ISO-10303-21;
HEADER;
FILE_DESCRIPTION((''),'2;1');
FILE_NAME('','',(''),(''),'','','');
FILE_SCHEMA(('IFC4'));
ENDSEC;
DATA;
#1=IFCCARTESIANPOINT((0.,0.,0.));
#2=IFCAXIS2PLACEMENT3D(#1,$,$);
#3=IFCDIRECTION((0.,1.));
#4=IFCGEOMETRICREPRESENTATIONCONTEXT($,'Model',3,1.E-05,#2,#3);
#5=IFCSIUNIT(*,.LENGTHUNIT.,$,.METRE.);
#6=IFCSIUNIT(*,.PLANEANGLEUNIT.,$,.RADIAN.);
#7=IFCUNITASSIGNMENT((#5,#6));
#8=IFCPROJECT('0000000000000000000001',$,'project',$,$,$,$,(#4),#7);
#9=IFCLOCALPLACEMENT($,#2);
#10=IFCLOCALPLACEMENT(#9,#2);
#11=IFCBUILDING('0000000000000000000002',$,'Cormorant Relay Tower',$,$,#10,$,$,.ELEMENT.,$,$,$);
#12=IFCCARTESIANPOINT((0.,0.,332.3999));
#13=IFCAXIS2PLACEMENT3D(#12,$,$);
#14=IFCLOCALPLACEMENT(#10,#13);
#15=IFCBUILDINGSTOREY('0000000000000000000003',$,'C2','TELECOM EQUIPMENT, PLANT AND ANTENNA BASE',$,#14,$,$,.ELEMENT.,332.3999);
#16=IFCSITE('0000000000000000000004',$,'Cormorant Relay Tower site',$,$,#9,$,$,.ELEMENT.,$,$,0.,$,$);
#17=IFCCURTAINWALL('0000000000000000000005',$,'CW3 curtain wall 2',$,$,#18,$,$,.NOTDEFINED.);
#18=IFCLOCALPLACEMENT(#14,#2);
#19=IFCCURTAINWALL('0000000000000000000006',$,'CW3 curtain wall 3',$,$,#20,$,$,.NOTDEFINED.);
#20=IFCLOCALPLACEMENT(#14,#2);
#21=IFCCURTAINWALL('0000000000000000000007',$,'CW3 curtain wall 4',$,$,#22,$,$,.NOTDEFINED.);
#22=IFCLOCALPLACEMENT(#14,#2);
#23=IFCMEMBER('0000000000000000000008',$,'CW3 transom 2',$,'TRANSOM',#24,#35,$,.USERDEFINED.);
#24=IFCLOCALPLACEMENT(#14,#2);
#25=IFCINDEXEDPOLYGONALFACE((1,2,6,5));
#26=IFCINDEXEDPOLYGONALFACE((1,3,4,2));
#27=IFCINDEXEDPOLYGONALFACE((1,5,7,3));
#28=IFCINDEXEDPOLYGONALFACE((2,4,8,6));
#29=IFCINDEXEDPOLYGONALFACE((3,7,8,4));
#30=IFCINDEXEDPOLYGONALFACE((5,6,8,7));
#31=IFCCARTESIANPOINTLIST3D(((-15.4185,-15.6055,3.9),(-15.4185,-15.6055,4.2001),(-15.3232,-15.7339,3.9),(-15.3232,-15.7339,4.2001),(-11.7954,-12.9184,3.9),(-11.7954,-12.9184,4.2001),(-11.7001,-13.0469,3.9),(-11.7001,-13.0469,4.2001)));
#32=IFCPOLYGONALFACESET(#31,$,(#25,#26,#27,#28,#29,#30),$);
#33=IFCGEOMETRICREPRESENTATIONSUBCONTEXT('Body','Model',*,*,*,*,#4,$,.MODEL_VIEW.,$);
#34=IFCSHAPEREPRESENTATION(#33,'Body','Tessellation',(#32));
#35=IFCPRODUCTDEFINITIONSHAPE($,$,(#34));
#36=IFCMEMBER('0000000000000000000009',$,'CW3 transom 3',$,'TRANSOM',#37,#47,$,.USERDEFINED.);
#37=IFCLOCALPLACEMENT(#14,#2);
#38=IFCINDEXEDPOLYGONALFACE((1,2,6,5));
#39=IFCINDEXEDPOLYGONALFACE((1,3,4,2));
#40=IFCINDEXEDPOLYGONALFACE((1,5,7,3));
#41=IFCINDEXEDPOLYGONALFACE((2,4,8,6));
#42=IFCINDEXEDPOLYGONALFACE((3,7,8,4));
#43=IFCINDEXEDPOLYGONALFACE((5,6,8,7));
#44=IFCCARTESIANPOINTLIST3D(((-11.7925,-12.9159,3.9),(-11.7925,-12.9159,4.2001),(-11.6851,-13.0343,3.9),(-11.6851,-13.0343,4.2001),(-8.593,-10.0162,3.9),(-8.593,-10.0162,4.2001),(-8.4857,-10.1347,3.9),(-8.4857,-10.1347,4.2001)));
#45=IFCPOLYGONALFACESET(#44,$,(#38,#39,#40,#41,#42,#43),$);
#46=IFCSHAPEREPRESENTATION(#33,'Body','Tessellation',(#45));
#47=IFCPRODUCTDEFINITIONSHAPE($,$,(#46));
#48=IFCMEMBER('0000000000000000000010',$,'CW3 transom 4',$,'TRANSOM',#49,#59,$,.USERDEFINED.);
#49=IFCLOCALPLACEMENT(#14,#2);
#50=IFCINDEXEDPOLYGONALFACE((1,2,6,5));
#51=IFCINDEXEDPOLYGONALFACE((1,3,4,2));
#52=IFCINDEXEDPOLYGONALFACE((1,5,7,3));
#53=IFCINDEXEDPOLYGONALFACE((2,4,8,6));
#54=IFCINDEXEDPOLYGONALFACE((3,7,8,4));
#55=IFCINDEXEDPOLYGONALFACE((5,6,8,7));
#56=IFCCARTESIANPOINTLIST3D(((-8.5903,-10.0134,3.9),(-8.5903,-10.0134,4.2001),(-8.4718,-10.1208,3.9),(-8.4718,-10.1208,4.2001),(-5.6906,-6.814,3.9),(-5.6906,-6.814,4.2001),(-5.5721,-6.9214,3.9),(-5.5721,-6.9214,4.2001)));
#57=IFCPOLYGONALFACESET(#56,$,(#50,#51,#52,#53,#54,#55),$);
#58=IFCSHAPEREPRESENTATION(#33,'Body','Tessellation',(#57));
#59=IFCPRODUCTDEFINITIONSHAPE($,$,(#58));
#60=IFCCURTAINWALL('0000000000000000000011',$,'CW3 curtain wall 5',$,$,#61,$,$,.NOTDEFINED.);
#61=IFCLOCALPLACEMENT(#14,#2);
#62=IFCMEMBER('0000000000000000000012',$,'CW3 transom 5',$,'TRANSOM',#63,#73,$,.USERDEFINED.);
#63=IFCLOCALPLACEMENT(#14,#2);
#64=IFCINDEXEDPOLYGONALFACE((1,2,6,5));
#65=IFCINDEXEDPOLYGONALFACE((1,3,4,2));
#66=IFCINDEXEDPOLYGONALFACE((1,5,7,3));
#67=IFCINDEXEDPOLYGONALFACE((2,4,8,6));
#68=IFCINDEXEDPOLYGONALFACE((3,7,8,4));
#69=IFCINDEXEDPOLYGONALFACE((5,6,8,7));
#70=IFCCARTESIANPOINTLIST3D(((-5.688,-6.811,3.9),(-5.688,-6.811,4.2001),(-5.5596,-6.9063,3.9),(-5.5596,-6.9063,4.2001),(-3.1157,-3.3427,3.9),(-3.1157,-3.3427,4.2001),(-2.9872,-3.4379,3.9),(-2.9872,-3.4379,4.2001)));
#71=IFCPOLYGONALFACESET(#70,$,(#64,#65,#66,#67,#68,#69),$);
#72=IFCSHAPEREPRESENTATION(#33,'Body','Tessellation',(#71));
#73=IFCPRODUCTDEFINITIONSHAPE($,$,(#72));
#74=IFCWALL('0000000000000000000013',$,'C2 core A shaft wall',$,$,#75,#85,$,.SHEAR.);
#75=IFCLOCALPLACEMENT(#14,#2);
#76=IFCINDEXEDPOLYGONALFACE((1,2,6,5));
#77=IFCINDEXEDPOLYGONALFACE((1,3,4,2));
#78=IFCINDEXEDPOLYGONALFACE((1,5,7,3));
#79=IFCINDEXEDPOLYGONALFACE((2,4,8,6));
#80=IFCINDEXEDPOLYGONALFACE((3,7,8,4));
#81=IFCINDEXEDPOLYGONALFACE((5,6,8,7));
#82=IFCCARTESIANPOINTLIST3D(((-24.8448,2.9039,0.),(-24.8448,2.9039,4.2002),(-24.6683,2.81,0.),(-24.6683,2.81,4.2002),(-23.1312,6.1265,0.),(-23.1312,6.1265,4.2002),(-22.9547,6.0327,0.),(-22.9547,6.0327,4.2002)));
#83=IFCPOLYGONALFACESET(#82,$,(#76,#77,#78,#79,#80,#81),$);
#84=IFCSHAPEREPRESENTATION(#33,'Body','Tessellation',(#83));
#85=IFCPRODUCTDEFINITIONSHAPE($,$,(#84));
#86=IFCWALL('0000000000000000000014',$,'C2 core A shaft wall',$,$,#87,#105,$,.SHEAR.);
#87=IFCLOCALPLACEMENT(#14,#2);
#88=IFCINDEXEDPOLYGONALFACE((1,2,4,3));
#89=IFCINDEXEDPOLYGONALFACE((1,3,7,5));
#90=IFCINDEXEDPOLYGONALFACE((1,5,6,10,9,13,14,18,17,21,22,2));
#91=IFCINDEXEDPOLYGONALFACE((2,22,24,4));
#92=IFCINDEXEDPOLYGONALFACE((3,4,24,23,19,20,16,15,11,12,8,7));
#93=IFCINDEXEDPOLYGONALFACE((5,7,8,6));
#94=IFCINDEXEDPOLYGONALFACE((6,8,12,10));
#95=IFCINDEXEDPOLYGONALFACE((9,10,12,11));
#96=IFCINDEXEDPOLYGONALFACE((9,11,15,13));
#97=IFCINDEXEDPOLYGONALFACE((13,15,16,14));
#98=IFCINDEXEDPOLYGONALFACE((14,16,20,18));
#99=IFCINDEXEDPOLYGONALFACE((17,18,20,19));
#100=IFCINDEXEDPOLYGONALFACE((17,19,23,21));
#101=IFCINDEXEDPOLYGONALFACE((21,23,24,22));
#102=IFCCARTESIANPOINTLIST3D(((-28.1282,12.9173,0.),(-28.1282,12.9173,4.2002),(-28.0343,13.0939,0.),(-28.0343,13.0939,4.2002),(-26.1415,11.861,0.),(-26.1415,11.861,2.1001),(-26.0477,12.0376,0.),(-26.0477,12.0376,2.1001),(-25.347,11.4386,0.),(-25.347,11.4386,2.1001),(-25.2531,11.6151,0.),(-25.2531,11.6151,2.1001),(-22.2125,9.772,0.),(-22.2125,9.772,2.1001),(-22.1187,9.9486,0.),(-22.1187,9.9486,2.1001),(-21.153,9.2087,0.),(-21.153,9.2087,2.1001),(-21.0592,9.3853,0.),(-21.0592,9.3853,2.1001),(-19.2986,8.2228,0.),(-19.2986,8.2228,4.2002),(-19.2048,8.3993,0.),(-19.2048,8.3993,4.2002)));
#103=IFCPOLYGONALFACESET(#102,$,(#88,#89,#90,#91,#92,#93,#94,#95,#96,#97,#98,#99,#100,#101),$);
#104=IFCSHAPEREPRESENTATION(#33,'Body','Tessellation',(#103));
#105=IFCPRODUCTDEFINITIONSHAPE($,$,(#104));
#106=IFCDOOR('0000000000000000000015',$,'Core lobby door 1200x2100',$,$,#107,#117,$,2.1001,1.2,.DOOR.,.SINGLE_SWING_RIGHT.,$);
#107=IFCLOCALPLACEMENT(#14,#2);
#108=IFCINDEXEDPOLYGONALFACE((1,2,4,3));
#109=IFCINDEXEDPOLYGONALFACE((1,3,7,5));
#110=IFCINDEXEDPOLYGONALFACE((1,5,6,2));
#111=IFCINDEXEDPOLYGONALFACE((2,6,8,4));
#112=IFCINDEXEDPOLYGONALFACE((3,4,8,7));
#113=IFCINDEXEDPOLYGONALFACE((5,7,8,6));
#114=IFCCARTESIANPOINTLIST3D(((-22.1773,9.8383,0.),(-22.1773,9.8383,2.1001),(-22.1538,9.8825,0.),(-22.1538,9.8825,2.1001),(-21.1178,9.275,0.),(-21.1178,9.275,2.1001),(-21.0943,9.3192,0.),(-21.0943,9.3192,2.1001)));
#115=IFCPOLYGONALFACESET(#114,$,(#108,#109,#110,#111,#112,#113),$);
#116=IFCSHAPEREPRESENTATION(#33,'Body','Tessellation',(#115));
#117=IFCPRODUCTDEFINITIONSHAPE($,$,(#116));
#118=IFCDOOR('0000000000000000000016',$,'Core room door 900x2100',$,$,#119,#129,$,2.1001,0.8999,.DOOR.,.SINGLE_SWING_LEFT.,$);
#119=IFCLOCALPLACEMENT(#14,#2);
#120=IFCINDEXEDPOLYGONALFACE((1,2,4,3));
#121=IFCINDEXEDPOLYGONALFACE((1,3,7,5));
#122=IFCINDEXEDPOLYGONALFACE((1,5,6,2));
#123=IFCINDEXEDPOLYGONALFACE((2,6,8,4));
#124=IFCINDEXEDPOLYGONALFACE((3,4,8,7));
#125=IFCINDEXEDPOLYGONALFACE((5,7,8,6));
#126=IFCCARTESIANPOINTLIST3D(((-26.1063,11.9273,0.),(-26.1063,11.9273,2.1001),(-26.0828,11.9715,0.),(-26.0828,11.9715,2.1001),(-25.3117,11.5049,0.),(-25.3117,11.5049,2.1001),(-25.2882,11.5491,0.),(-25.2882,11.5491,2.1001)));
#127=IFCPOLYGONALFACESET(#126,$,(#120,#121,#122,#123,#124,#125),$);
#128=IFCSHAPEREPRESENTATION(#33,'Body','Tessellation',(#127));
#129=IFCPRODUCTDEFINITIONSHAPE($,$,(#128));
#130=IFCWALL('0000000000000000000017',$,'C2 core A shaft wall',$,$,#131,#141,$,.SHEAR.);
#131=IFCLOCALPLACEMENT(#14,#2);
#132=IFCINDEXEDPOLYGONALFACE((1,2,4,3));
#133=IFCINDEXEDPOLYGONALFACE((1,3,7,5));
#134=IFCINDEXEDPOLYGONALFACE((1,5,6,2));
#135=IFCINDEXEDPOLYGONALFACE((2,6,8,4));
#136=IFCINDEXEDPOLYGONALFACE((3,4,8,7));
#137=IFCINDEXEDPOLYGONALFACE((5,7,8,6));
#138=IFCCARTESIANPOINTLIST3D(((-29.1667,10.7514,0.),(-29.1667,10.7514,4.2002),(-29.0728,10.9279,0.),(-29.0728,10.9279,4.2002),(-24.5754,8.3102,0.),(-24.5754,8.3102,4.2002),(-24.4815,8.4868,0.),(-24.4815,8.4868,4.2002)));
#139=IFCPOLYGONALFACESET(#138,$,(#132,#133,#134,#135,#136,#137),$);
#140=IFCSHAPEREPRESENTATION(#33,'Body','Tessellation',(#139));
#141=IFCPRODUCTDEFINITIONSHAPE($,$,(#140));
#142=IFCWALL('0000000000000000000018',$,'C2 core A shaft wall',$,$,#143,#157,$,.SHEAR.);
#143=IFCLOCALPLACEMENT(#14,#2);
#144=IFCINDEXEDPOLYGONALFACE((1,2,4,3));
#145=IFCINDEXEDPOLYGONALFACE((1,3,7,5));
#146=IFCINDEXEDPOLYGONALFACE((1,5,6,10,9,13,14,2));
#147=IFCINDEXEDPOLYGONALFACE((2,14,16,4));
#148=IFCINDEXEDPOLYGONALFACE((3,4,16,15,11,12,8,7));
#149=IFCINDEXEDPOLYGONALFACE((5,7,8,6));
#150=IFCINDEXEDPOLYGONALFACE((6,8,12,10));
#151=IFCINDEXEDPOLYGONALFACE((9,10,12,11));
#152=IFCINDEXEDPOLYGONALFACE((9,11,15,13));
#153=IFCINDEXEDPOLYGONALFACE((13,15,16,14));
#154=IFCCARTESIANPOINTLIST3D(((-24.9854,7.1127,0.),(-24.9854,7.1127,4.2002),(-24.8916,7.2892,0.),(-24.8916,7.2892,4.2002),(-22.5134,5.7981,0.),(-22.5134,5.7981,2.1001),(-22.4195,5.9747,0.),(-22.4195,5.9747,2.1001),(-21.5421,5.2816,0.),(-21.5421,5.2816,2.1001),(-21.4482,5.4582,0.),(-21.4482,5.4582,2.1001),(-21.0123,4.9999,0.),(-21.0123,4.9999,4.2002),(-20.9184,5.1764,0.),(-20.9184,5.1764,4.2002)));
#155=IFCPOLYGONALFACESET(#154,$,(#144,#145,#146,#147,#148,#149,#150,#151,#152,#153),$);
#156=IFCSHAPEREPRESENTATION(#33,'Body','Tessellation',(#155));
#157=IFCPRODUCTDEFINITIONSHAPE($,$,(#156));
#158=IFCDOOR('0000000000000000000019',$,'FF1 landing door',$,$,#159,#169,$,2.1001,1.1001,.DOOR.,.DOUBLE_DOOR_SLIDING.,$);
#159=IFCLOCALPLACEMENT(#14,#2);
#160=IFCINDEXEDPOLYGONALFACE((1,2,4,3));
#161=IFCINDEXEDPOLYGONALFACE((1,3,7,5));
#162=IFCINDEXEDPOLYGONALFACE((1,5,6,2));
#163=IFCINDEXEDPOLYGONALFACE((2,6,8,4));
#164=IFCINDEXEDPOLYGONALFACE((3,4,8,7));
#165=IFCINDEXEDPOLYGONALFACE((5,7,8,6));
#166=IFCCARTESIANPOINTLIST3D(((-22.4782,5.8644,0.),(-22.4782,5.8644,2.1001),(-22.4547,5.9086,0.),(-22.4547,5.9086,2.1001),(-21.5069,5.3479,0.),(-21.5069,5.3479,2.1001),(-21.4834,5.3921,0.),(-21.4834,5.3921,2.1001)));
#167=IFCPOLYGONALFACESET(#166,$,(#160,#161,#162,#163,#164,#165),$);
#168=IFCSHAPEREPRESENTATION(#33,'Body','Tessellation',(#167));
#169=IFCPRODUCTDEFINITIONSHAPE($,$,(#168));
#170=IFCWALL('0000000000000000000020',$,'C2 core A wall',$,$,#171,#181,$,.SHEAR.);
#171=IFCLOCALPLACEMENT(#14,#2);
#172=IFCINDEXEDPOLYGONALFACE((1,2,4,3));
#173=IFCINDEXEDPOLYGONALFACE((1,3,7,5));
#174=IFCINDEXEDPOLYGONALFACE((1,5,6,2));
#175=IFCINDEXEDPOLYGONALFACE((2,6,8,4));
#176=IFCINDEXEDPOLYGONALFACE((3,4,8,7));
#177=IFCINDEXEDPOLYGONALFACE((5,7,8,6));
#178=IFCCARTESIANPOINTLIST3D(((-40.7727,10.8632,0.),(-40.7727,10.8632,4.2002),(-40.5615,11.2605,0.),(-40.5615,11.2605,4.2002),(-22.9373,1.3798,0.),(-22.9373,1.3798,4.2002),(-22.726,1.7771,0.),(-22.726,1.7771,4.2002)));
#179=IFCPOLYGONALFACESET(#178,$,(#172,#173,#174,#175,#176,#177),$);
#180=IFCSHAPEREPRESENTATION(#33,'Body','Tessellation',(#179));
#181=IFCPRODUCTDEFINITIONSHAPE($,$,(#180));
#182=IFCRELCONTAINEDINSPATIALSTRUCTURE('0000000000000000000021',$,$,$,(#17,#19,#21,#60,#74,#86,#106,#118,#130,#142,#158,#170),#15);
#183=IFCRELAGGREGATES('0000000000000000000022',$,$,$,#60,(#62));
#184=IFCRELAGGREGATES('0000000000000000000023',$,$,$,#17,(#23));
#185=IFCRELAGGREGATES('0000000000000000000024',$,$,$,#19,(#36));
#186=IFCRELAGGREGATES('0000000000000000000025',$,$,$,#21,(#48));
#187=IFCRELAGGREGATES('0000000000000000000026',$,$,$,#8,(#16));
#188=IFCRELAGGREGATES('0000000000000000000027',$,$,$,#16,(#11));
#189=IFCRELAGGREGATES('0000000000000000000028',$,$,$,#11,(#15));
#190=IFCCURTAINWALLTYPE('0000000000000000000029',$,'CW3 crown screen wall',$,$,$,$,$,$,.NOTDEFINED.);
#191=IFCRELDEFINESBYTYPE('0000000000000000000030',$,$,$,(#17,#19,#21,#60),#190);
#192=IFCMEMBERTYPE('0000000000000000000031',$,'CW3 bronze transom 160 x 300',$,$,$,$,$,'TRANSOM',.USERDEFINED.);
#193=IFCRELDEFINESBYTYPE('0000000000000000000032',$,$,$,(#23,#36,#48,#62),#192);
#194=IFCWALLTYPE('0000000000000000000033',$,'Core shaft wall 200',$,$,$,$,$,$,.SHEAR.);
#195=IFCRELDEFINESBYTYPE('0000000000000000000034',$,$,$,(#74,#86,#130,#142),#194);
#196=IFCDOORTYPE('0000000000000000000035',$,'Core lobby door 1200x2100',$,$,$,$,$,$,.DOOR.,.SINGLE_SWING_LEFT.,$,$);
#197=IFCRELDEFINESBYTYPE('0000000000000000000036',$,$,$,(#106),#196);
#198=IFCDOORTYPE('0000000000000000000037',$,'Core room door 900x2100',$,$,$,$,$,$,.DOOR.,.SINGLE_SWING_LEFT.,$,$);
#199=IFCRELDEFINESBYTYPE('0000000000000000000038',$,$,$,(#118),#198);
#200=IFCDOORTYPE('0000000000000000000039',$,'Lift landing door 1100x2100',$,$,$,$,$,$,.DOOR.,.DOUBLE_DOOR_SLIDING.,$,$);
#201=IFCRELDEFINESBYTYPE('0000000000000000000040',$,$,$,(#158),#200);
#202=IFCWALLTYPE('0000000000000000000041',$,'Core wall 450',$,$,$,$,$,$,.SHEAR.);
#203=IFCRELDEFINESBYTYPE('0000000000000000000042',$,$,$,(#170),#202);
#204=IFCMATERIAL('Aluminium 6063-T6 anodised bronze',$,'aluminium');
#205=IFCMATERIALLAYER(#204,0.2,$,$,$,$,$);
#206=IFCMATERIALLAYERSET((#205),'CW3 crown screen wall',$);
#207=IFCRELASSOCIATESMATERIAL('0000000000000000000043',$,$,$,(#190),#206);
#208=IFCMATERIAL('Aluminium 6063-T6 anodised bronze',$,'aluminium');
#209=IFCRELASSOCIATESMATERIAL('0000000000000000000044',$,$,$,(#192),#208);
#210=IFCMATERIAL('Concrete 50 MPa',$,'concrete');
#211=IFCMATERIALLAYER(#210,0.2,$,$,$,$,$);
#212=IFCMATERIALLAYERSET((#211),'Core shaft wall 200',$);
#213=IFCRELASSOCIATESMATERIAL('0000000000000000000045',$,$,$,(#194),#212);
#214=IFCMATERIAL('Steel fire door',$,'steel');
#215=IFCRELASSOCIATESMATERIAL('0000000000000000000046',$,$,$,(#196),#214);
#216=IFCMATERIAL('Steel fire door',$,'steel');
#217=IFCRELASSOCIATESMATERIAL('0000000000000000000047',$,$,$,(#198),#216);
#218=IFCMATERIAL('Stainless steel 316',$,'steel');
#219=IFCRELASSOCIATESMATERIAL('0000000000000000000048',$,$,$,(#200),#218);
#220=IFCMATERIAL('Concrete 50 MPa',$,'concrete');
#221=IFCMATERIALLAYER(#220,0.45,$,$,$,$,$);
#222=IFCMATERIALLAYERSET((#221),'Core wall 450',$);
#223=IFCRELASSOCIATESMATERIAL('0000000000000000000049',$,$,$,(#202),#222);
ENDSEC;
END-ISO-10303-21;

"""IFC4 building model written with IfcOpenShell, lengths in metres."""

from ifc_helpers import new_model, si_unit, direction, frame, frame_2d, origin, origin_2d, place, context, subcontext, project, spatial, rectangle, extrude, material, layer, layer_set, material_profile, profile_set, type_object, element, fill, aggregate, save


model = new_model("IFC4")

# Units and contexts
model_context = context("Model", 3, precision=1e-05, world=origin(), true_north=direction((0.0, 1.0)))
body_context = subcontext(model_context, "Body", "Model", "MODEL_VIEW")
ifc_project = project(units=[si_unit("LENGTHUNIT", "METRE"), si_unit("PLANEANGLEUNIT", "RADIAN")], contexts=[model_context])

# Site, building, storey
site_placement = place(None, origin())
site = spatial("IfcSite", under=ifc_project, at=site_placement, Name="Cormorant Relay Tower site", CompositionType="ELEMENT", RefElevation=0.0)
building_placement = place(site_placement, origin())
building = spatial("IfcBuilding", under=site, at=building_placement, Name="Cormorant Relay Tower", CompositionType="ELEMENT")
storey_placement = place(building_placement, frame((0.0, 0.0, 332.3999)))
storey = spatial("IfcBuildingStorey", under=building, at=storey_placement, Name="C2", Description="TELECOM EQUIPMENT, PLANT AND ANTENNA BASE", CompositionType="ELEMENT", Elevation=332.3999)

# Curtain walls
ifc_material_1 = material(Name="Aluminium 6063-T6 anodised bronze", Category="aluminium")
ifc_layer_1 = layer(ifc_material_1, 0.2)
ifc_layer_set_1 = layer_set([ifc_layer_1], Name="CW3 crown screen wall")
curtain_wall_type = type_object("IfcCurtainWallType", Name="CW3 crown screen wall", PredefinedType="NOTDEFINED", material=ifc_layer_set_1)
curtain_wall_1_placement = place(storey_placement, origin())
curtain_wall_1 = element("IfcCurtainWall", 1, at=curtain_wall_1_placement, inside=storey, type_object=curtain_wall_type, Name="CW3 curtain wall 2", PredefinedType="NOTDEFINED")
curtain_wall_2_placement = place(storey_placement, origin())
curtain_wall_2 = element("IfcCurtainWall", 2, at=curtain_wall_2_placement, inside=storey, type_object=curtain_wall_type, Name="CW3 curtain wall 3", PredefinedType="NOTDEFINED")
curtain_wall_3_placement = place(storey_placement, origin())
curtain_wall_3 = element("IfcCurtainWall", 3, at=curtain_wall_3_placement, inside=storey, type_object=curtain_wall_type, Name="CW3 curtain wall 4", PredefinedType="NOTDEFINED")

# Members
ifc_material_2 = material(Name="Aluminium 6063-T6 anodised bronze", Category="aluminium")
ifc_material_profile_1 = material_profile(ifc_material_2, rectangle(XDim=0.1599, YDim=0.3, at=origin_2d()), Name="AL 160x300")
ifc_profile_set_1 = profile_set([ifc_material_profile_1], Name="Aluminium 6063-T6 anodised bronze")
member_type_1 = type_object("IfcMemberType", Name="CW3 bronze transom 160 x 300", ElementType="TRANSOM", PredefinedType="USERDEFINED", material=ifc_profile_set_1)
member_1_placement = place(storey_placement, frame((-15.3708, -15.6697, 4.05), z_axis=(0.80321, 0.595696, 0.0), x_axis=(-0.595696, 0.80321, 0.0)))
member_1 = element("IfcMember", 4, at=member_1_placement, type_object=member_type_1, Name="CW3 transom 2", ObjectType="TRANSOM", PredefinedType="USERDEFINED", context=body_context, shape_type="SweptSolid", body=[
    extrude(rectangle(XDim=0.1599, YDim=0.3, at=origin_2d()), origin(), (0.0, 0.0, 1.0), 4.5107),
])
member_2_placement = place(storey_placement, frame((-11.7388, -12.9751, 4.05), z_axis=(0.74097, 0.671538, 0.0), x_axis=(-0.671538, 0.74097, 0.0)))
member_2 = element("IfcMember", 5, at=member_2_placement, type_object=member_type_1, Name="CW3 transom 3", ObjectType="TRANSOM", PredefinedType="USERDEFINED", context=body_context, shape_type="SweptSolid", body=[
    extrude(rectangle(XDim=0.1599, YDim=0.3, at=origin_2d()), origin(), (0.0, 0.0, 1.0), 4.3179),
])
member_3_placement = place(storey_placement, frame((-8.531, -10.0671, 4.05), z_axis=(0.671538, 0.74097, 0.0), x_axis=(-0.74097, 0.671538, 0.0)))
member_3 = element("IfcMember", 6, at=member_3_placement, type_object=member_type_1, Name="CW3 transom 4", ObjectType="TRANSOM", PredefinedType="USERDEFINED", context=body_context, shape_type="SweptSolid", body=[
    extrude(rectangle(XDim=0.1599, YDim=0.3, at=origin_2d()), origin(), (0.0, 0.0, 1.0), 4.3179),
])

# Curtain wall, member
curtain_wall_4_placement = place(storey_placement, origin())
curtain_wall_4 = element("IfcCurtainWall", 7, at=curtain_wall_4_placement, inside=storey, type_object=curtain_wall_type, Name="CW3 curtain wall 5", PredefinedType="NOTDEFINED")
member_4_placement = place(storey_placement, frame((-5.6238, -6.8586, 4.05), z_axis=(0.595703, 0.803204, 0.0), x_axis=(-0.803204, 0.595703, 0.0)))
member_4 = element("IfcMember", 8, at=member_4_placement, type_object=member_type_1, Name="CW3 transom 5", ObjectType="TRANSOM", PredefinedType="USERDEFINED", context=body_context, shape_type="SweptSolid", body=[
    extrude(rectangle(XDim=0.1599, YDim=0.3, at=origin_2d()), origin(), (0.0, 0.0, 1.0), 4.3181),
])
aggregate(curtain_wall_4, [member_4])

# Wall
ifc_material_3 = material(Name="Concrete 50 MPa", Category="concrete")
ifc_layer_2 = layer(ifc_material_3, 0.2)
ifc_layer_set_2 = layer_set([ifc_layer_2], Name="Core shaft wall 200")
wall_type_1 = type_object("IfcWallType", Name="Core shaft wall 200", PredefinedType="SHEAR", material=ifc_layer_set_2)
wall_1_placement = place(storey_placement, frame((-23.043, 6.0796, 0.0), z_axis=(0.0, 0.0, 1.0), x_axis=(-0.469494, -0.882936, 0.0)))
element("IfcWall", 9, at=wall_1_placement, inside=storey, type_object=wall_type_1, Name="C2 core A shaft wall", PredefinedType="SHEAR", context=body_context, shape_type="SweptSolid", body=[
    extrude(rectangle(XDim=3.6499, YDim=0.2, at=frame_2d((1.825, 0.0))), origin(), (0.0, 0.0, 1.0), 4.2002),
])

# Wall, openings, doors
wall_2_placement = place(storey_placement, frame((-19.2517, 8.311, 0.0), z_axis=(0.0, 0.0, 1.0), x_axis=(-0.882956, 0.469456, 0.0)))
wall_2 = element("IfcWall", 10, at=wall_2_placement, inside=storey, type_object=wall_type_1, Name="C2 core A shaft wall", PredefinedType="SHEAR", context=body_context, shape_type="SweptSolid", body=[
    extrude(rectangle(XDim=10.0, YDim=0.2, at=frame_2d((5.0, 0.0))), origin(), (0.0, 0.0, 1.0), 4.2002),
])
opening_1_placement = place(wall_2_placement, frame((2.1001, 0.0, 0.0)))
opening_1 = element("IfcOpeningElement", 11, at=opening_1_placement, cuts=wall_2, PredefinedType="OPENING", context=body_context, shape_type="SweptSolid", body=[
    extrude(rectangle(XDim=1.2, YDim=2.1001, at=frame_2d((0.6001, 1.05))), frame((0.0, 0.1099, 0.0), z_axis=(0.0, -1.0, 0.0), x_axis=(1.0, 0.0, 0.0)), (0.0, 0.0, 1.0), 0.22),
])
opening_2_placement = place(wall_2_placement, frame((6.8501, 0.0, 0.0)))
opening_2 = element("IfcOpeningElement", 12, at=opening_2_placement, cuts=wall_2, PredefinedType="OPENING", context=body_context, shape_type="SweptSolid", body=[
    extrude(rectangle(XDim=0.8999, YDim=2.1001, at=frame_2d((0.45, 1.05))), frame((0.0, 0.1099, 0.0), z_axis=(0.0, -1.0, 0.0), x_axis=(1.0, 0.0, 0.0)), (0.0, 0.0, 1.0), 0.22),
])
ifc_material_4 = material(Name="Steel fire door", Category="steel")
door_type_1 = type_object("IfcDoorType", Name="Core lobby door 1200x2100", OperationType="SINGLE_SWING_LEFT", PredefinedType="DOOR", material=ifc_material_4)
door_1_placement = place(opening_1_placement, origin())
door_1 = element("IfcDoor", 13, at=door_1_placement, inside=storey, type_object=door_type_1, Name="Core lobby door 1200x2100", OperationType="SINGLE_SWING_RIGHT", OverallHeight=2.1001, OverallWidth=1.2, PredefinedType="DOOR", context=body_context, shape_type="SweptSolid", body=[
    extrude(rectangle(XDim=1.2, YDim=2.1001, at=frame_2d((0.6001, 1.05))), frame((0.0, 0.0249, 0.0), z_axis=(0.0, -1.0, 0.0), x_axis=(1.0, 0.0, 0.0)), (0.0, 0.0, 1.0), 0.05),
])
fill(opening_1, door_1)
ifc_material_5 = material(Name="Steel fire door", Category="steel")
door_type_2 = type_object("IfcDoorType", Name="Core room door 900x2100", OperationType="SINGLE_SWING_LEFT", PredefinedType="DOOR", material=ifc_material_5)
door_2_placement = place(opening_2_placement, origin())
door_2 = element("IfcDoor", 14, at=door_2_placement, inside=storey, type_object=door_type_2, Name="Core room door 900x2100", OperationType="SINGLE_SWING_LEFT", OverallHeight=2.1001, OverallWidth=0.8999, PredefinedType="DOOR", context=body_context, shape_type="SweptSolid", body=[
    extrude(rectangle(XDim=0.8999, YDim=2.1001, at=frame_2d((0.45, 1.05))), frame((0.0, 0.0249, 0.0), z_axis=(0.0, -1.0, 0.0), x_axis=(1.0, 0.0, 0.0)), (0.0, 0.0, 1.0), 0.05),
])
fill(opening_2, door_2)

# Wall
wall_3_placement = place(storey_placement, frame((-24.5283, 8.3984, 0.0), z_axis=(0.0, 0.0, 1.0), x_axis=(-0.882954, 0.46946, 0.0)))
element("IfcWall", 15, at=wall_3_placement, inside=storey, type_object=wall_type_1, Name="C2 core A shaft wall", PredefinedType="SHEAR", context=body_context, shape_type="SweptSolid", body=[
    extrude(rectangle(XDim=5.2, YDim=0.2, at=frame_2d((2.6001, 0.0))), origin(), (0.0, 0.0, 1.0), 4.2002),
])

# Wall, opening, door
wall_4_placement = place(storey_placement, frame((-20.9653, 5.0881, 0.0), z_axis=(0.0, 0.0, 1.0), x_axis=(-0.882926, 0.469512, 0.0)))
wall_4 = element("IfcWall", 16, at=wall_4_placement, inside=storey, type_object=wall_type_1, Name="C2 core A shaft wall", PredefinedType="SHEAR", context=body_context, shape_type="SweptSolid", body=[
    extrude(rectangle(XDim=4.5, YDim=0.2, at=frame_2d((2.25, 0.0))), origin(), (0.0, 0.0, 1.0), 4.2002),
])
opening_3_placement = place(wall_4_placement, frame((0.6001, 0.0, 0.0)))
opening_3 = element("IfcOpeningElement", 17, at=opening_3_placement, cuts=wall_4, PredefinedType="OPENING", context=body_context, shape_type="SweptSolid", body=[
    extrude(rectangle(XDim=1.1001, YDim=2.1001, at=frame_2d((0.55, 1.05))), frame((0.0, 0.1099, 0.0), z_axis=(0.0, -1.0, 0.0), x_axis=(1.0, 0.0, 0.0)), (0.0, 0.0, 1.0), 0.22),
])
ifc_material_6 = material(Name="Stainless steel 316", Category="steel")
door_type_3 = type_object("IfcDoorType", Name="Lift landing door 1100x2100", OperationType="DOUBLE_DOOR_SLIDING", PredefinedType="DOOR", material=ifc_material_6)
door_3_placement = place(opening_3_placement, origin())
door_3 = element("IfcDoor", 18, at=door_3_placement, inside=storey, type_object=door_type_3, Name="FF1 landing door", OperationType="DOUBLE_DOOR_SLIDING", OverallHeight=2.1001, OverallWidth=1.1001, PredefinedType="DOOR", context=body_context, shape_type="SweptSolid", body=[
    extrude(rectangle(XDim=1.1001, YDim=2.1001, at=frame_2d((0.55, 1.05))), frame((0.0, 0.0249, 0.0), z_axis=(0.0, -1.0, 0.0), x_axis=(1.0, 0.0, 0.0)), (0.0, 0.0, 1.0), 0.05),
])
fill(opening_3, door_3)

# Wall
ifc_material_7 = material(Name="Concrete 50 MPa", Category="concrete")
ifc_layer_3 = layer(ifc_material_7, 0.45)
ifc_layer_set_3 = layer_set([ifc_layer_3], Name="Core wall 450")
wall_type_2 = type_object("IfcWallType", Name="Core wall 450", PredefinedType="SHEAR", material=ifc_layer_set_3)
wall_5_placement = place(storey_placement, frame((-22.8315, 1.5784, 0.0), z_axis=(0.0, 0.0, 1.0), x_axis=(-0.882945, 0.469476, 0.0)))
element("IfcWall", 19, at=wall_5_placement, inside=storey, type_object=wall_type_2, Name="C2 core A wall", PredefinedType="SHEAR", context=body_context, shape_type="SweptSolid", body=[
    extrude(rectangle(XDim=20.2, YDim=0.45, at=frame_2d((10.1001, 0.0))), origin(), (0.0, 0.0, 1.0), 4.2002),
])

aggregate(curtain_wall_1, [member_1])
aggregate(curtain_wall_2, [member_2])
aggregate(curtain_wall_3, [member_3])

save(model, "model.ifc")
